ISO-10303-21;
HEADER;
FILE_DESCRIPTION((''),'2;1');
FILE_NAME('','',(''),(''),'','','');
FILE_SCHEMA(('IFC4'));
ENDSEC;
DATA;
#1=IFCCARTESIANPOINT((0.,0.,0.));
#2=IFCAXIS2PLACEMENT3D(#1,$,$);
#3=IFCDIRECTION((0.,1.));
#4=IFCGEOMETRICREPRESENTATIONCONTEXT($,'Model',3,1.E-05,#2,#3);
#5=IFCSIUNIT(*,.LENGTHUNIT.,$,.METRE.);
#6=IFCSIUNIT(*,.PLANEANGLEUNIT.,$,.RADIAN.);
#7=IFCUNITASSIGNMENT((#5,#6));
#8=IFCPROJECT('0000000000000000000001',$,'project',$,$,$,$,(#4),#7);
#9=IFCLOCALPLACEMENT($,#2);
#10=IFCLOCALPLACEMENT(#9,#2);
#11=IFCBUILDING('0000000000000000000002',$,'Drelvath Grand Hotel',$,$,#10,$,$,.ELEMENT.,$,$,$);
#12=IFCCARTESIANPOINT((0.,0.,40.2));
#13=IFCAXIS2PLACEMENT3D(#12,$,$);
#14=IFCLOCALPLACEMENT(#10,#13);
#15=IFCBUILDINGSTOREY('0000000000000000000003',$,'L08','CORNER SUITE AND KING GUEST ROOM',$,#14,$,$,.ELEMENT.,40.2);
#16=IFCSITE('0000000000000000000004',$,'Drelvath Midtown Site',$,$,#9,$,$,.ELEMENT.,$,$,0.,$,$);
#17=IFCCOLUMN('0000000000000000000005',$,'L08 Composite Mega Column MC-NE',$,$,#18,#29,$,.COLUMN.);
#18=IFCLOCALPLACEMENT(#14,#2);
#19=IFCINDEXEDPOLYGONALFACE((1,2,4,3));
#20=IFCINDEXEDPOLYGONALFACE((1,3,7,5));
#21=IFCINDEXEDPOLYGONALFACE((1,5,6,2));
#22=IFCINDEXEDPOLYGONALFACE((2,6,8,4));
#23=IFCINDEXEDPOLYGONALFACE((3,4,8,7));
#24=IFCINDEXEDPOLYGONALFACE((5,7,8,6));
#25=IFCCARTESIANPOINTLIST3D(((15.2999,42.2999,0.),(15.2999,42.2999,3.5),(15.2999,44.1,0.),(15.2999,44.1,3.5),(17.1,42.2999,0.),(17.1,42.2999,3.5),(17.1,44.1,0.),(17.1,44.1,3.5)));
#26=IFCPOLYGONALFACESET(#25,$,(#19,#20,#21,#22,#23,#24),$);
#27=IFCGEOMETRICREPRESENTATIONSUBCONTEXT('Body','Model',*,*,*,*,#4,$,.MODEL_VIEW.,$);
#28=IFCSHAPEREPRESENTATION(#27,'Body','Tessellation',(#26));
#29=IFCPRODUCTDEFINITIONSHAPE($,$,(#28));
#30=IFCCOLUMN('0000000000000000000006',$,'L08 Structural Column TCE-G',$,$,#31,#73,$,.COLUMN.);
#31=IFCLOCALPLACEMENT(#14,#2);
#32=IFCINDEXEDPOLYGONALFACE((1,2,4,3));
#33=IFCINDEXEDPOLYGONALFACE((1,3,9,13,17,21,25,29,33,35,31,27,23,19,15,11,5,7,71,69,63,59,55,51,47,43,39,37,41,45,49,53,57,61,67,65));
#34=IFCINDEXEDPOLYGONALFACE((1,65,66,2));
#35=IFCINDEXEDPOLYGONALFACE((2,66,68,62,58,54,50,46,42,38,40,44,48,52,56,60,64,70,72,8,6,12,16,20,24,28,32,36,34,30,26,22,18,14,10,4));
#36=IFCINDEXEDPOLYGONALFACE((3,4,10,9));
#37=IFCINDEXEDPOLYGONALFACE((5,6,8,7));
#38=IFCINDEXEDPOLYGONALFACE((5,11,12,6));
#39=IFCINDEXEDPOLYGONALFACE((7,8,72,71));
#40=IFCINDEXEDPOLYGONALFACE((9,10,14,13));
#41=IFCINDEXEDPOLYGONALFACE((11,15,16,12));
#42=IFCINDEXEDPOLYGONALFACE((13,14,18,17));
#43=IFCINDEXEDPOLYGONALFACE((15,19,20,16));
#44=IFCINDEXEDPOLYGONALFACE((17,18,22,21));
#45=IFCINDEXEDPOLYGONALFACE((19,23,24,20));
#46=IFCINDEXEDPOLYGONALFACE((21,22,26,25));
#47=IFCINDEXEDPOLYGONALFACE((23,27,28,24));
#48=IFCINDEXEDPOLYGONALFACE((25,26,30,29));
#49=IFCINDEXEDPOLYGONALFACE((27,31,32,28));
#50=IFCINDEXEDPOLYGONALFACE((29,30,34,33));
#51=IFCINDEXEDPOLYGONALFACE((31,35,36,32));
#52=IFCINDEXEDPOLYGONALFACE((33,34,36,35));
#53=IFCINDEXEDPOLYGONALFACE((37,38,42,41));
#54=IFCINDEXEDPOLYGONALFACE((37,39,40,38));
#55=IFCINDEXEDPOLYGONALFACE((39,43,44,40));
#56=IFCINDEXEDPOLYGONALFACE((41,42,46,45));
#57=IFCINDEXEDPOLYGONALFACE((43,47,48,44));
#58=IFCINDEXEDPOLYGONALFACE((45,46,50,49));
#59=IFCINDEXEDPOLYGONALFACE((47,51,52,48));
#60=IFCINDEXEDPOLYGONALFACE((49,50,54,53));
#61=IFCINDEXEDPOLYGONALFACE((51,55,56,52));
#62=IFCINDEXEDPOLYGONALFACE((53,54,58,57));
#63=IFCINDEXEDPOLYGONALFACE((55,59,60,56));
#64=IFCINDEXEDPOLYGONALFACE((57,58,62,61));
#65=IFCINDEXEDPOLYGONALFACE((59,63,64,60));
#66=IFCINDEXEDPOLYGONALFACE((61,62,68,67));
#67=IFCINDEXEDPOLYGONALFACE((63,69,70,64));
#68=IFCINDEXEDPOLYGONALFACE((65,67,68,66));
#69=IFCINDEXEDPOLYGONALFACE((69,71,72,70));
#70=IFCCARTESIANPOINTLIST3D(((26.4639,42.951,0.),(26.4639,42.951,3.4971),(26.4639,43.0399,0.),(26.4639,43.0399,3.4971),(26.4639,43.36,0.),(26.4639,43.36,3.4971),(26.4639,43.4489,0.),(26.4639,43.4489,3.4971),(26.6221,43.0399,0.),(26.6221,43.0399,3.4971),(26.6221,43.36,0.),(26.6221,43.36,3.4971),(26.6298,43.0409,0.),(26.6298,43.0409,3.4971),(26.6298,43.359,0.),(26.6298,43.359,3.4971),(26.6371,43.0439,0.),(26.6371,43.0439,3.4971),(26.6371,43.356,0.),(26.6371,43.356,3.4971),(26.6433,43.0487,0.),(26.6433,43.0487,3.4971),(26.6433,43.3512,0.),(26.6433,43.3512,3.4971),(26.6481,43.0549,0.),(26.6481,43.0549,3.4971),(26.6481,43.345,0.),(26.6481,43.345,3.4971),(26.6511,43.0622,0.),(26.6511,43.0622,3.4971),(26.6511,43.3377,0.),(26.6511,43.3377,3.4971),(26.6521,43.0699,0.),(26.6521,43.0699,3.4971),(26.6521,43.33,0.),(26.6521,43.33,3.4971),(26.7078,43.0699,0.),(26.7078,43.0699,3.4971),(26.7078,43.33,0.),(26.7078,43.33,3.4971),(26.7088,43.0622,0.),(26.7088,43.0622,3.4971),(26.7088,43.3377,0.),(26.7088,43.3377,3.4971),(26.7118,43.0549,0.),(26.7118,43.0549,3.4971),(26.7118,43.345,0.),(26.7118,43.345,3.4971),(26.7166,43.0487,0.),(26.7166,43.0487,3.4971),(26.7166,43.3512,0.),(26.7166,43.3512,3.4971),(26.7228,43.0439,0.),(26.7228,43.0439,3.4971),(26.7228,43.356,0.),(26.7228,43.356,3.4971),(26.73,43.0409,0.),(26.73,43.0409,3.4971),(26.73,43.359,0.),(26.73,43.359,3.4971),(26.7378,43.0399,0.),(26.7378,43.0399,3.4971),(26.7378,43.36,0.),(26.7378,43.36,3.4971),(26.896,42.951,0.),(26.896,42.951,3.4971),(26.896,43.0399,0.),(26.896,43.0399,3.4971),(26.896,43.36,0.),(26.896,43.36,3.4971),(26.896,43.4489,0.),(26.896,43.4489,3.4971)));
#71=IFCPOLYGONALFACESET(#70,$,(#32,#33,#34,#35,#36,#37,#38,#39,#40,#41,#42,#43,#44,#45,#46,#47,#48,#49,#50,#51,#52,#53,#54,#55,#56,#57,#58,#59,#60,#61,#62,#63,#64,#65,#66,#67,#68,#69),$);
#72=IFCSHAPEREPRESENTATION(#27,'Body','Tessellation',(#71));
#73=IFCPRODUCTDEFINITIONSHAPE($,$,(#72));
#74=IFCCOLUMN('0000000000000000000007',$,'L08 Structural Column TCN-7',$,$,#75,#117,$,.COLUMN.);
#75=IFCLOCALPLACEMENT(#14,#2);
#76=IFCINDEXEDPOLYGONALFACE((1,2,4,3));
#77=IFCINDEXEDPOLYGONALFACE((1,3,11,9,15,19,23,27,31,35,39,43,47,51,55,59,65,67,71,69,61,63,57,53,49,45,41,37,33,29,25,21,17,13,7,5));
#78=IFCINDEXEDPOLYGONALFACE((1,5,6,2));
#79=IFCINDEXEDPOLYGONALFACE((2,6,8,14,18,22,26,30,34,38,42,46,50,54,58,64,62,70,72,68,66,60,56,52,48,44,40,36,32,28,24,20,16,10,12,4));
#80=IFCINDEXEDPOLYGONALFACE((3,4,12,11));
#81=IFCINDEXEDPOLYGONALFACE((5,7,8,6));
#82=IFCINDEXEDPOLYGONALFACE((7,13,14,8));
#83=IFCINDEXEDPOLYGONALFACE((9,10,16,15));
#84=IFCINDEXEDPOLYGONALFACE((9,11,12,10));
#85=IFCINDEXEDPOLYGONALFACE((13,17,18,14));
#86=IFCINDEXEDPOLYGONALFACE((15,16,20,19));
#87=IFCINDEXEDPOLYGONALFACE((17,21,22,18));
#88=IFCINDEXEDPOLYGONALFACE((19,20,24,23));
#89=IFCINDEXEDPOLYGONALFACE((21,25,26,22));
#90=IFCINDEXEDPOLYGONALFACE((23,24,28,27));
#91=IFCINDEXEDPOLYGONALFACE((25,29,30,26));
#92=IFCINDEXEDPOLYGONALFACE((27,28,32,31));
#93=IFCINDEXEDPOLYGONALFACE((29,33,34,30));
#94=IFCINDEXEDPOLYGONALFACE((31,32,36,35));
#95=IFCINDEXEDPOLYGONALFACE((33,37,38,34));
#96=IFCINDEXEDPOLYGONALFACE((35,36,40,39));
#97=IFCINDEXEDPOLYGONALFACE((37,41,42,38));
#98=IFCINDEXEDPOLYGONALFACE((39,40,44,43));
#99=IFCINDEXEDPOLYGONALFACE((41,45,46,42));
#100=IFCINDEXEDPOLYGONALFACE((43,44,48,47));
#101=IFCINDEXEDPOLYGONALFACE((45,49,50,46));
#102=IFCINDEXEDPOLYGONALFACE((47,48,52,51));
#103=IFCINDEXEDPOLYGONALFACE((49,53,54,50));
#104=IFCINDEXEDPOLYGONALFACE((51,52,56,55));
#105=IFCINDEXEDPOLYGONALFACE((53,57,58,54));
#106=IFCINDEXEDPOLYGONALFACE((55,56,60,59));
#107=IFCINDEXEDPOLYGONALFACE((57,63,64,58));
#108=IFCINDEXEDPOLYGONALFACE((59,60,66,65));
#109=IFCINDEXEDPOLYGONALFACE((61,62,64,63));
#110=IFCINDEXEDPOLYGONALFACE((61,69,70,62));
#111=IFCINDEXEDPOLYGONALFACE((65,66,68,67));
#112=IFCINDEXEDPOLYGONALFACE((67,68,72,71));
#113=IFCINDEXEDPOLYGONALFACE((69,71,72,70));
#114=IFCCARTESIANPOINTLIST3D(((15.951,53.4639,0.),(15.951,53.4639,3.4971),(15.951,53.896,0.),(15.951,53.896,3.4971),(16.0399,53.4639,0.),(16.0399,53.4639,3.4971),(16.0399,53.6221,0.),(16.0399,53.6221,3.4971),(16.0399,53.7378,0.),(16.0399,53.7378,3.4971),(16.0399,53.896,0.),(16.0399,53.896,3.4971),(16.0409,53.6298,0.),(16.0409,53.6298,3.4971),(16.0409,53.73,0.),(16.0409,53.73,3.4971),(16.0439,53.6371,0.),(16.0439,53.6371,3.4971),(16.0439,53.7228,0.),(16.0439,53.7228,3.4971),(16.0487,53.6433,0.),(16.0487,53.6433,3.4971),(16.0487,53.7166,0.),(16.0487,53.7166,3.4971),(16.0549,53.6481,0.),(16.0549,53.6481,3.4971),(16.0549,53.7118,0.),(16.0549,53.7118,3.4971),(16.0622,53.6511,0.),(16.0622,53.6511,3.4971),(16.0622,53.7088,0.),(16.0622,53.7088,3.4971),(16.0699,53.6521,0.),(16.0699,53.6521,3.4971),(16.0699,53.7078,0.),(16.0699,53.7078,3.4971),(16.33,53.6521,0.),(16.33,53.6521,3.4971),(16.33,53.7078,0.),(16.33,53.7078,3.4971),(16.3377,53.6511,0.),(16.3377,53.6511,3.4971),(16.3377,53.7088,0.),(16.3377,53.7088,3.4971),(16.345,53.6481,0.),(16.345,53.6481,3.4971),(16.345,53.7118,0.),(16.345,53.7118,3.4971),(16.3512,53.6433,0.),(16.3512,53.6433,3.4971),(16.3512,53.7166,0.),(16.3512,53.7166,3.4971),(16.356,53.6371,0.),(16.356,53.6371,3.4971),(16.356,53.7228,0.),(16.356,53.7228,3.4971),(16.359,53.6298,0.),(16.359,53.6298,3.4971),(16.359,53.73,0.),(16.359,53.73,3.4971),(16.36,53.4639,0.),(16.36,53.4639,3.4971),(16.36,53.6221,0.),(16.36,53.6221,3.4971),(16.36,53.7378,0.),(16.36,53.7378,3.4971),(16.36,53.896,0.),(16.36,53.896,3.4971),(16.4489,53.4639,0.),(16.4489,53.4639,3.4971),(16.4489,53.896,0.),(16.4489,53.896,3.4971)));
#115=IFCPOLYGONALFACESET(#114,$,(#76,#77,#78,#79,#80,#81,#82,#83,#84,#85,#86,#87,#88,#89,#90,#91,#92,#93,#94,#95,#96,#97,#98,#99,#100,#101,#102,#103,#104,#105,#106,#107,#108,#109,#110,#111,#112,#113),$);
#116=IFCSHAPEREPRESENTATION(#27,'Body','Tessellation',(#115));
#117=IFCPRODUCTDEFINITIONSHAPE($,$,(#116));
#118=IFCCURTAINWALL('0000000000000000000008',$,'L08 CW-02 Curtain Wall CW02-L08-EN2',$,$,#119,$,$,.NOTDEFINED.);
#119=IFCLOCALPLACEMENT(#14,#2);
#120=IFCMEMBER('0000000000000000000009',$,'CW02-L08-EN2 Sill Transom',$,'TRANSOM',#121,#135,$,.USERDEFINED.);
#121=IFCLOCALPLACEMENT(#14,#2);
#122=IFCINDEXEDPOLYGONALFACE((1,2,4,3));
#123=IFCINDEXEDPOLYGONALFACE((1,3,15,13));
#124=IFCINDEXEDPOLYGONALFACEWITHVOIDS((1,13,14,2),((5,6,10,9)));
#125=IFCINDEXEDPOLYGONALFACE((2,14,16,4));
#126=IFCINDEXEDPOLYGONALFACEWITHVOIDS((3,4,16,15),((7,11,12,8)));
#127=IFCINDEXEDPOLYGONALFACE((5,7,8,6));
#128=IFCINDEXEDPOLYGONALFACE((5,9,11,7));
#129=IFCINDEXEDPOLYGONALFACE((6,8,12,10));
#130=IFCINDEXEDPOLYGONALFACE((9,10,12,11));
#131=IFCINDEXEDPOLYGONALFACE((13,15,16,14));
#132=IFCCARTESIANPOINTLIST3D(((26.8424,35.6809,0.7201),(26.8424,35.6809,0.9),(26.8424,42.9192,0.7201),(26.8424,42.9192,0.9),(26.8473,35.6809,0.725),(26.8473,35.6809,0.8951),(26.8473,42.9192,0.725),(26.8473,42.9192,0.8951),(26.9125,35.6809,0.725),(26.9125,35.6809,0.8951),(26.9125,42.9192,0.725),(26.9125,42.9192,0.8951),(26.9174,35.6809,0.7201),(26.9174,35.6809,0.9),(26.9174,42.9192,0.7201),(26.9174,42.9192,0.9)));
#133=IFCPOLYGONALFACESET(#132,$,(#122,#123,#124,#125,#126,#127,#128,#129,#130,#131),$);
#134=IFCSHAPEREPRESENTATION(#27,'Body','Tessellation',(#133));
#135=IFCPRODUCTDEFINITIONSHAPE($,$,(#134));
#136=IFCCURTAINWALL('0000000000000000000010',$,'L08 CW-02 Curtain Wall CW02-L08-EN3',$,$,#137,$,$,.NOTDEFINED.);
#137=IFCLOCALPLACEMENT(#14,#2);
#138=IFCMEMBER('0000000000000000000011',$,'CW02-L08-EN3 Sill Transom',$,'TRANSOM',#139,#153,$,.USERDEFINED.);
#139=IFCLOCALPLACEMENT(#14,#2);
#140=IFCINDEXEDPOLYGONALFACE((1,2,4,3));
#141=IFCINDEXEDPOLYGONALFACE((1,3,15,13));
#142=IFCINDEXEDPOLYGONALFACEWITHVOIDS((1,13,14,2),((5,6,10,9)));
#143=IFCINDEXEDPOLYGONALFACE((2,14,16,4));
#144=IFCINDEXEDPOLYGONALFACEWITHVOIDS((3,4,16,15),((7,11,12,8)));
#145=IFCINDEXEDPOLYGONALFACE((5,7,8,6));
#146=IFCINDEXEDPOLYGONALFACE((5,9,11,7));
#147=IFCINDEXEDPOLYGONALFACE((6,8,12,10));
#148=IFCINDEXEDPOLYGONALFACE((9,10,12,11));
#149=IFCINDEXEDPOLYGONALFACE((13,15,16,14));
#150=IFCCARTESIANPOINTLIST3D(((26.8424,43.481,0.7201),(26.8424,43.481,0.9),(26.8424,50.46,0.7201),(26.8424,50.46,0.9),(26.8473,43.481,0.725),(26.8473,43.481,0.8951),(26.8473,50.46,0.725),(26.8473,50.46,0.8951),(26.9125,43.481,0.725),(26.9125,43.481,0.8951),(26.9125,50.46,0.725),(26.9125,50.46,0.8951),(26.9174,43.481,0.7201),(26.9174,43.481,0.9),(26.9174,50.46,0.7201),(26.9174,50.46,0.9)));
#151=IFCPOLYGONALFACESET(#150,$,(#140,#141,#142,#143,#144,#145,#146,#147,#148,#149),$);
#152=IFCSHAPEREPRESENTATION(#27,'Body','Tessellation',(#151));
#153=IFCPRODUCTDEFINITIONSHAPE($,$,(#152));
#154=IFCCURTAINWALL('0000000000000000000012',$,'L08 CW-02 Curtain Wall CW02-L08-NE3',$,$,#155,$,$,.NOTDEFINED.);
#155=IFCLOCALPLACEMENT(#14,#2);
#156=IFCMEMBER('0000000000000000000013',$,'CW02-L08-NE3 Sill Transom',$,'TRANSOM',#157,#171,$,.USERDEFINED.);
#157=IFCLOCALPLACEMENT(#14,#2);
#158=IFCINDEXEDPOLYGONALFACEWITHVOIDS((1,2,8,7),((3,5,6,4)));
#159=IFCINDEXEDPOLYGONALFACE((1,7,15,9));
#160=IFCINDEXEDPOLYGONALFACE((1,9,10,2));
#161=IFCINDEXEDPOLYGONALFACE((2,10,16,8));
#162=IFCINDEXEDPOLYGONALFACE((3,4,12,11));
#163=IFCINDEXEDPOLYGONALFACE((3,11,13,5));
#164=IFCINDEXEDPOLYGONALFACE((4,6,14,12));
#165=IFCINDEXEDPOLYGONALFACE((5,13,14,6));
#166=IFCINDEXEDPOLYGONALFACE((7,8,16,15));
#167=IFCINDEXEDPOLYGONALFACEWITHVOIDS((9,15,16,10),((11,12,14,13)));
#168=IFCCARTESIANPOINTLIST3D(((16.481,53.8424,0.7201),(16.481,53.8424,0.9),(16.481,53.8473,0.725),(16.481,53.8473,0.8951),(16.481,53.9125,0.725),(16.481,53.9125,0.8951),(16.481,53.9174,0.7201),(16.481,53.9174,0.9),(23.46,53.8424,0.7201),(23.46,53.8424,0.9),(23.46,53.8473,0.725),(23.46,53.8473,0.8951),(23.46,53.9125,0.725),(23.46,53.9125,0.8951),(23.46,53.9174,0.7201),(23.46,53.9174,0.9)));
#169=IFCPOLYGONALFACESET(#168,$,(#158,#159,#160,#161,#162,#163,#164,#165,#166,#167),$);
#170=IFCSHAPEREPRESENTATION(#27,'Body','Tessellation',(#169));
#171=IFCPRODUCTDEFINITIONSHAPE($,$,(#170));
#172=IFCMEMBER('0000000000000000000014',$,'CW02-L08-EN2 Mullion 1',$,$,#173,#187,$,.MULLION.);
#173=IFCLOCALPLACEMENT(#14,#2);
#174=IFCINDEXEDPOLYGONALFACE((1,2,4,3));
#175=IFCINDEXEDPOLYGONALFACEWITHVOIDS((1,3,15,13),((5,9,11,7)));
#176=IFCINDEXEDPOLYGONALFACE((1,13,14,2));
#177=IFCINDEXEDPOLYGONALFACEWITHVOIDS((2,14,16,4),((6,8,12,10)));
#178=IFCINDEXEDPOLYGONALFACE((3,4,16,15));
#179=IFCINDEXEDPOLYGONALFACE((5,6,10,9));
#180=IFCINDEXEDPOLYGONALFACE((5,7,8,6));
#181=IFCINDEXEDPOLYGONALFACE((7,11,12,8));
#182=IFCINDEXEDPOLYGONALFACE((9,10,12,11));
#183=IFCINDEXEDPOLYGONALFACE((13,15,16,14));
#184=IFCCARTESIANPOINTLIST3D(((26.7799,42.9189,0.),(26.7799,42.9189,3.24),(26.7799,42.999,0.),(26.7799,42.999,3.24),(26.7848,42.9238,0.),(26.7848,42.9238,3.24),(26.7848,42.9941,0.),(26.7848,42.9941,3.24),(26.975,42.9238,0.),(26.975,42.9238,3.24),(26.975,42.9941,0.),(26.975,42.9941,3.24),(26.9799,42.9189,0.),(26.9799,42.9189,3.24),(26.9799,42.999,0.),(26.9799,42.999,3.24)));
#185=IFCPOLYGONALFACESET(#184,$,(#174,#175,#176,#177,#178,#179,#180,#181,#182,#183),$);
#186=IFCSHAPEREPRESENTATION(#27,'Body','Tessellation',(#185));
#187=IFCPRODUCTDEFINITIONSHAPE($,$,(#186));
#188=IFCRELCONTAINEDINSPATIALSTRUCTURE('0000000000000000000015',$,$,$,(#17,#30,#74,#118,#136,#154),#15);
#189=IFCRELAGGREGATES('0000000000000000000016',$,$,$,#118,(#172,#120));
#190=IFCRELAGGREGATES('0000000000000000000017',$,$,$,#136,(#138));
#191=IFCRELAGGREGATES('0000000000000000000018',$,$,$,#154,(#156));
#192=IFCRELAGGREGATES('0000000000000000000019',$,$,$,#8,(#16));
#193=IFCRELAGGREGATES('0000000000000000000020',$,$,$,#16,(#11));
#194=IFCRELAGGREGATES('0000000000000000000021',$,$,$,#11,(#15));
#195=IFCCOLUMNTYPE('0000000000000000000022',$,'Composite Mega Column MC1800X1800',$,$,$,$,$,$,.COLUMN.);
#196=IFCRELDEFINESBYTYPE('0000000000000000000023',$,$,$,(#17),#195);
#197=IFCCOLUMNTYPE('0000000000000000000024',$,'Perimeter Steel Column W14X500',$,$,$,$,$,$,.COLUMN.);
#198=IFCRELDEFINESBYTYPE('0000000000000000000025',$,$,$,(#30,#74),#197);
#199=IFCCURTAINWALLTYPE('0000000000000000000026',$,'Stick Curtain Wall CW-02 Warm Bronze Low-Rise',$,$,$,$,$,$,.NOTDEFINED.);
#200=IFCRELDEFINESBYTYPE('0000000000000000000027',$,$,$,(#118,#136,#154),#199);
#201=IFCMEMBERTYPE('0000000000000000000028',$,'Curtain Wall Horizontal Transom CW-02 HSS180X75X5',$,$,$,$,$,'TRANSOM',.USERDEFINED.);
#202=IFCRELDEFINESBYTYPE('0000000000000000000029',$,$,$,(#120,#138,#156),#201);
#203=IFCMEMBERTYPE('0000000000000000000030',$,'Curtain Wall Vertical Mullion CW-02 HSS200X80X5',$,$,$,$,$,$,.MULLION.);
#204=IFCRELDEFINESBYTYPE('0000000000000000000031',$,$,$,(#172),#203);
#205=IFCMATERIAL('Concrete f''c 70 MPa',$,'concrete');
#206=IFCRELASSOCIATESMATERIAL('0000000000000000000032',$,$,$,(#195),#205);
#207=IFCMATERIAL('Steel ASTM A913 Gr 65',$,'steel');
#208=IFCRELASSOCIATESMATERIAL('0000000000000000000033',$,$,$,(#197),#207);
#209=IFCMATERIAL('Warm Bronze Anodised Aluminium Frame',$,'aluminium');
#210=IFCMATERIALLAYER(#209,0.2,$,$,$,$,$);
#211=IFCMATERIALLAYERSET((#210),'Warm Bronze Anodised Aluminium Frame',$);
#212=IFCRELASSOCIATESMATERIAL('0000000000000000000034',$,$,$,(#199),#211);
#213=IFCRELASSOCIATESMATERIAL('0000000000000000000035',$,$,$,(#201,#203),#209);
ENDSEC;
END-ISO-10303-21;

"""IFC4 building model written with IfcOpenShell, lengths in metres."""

from ifc_helpers import new_model, si_unit, direction, frame, origin, origin_2d, place, context, subcontext, project, spatial, rectangle, hollow_rectangle, i_section, extrude, material, layer, layer_set, material_profile, profile_set, type_object, element, aggregate, save


model = new_model("IFC4")

# Units and contexts
model_context = context("Model", 3, precision=1e-05, world=origin(), true_north=direction((0.0, 1.0)))
body_context = subcontext(model_context, "Body", "Model", "MODEL_VIEW")
ifc_project = project(units=[si_unit("LENGTHUNIT", "METRE"), si_unit("PLANEANGLEUNIT", "RADIAN")], contexts=[model_context])

# Site, building, storey
site_placement = place(None, origin())
site = spatial("IfcSite", under=ifc_project, at=site_placement, Name="Drelvath Midtown Site", CompositionType="ELEMENT", RefElevation=0.0)
building_placement = place(site_placement, origin())
building = spatial("IfcBuilding", under=site, at=building_placement, Name="Drelvath Grand Hotel", CompositionType="ELEMENT")
storey_placement = place(building_placement, frame((0.0, 0.0, 40.2)))
storey = spatial("IfcBuildingStorey", under=building, at=storey_placement, Name="L08", Description="CORNER SUITE AND KING GUEST ROOM", CompositionType="ELEMENT", Elevation=40.2)

# Columns
ifc_material_1 = material(Name="Concrete f'c 70 MPa", Category="concrete")
ifc_material_profile_1 = material_profile(ifc_material_1, rectangle(XDim=1.8, YDim=1.8, at=origin_2d()), Name="MC1800X1800")
ifc_profile_set_1 = profile_set([ifc_material_profile_1], Name="Concrete f'c 70 MPa")
column_type_1 = type_object("IfcColumnType", Name="Composite Mega Column MC1800X1800", PredefinedType="COLUMN", material=ifc_profile_set_1)
column_placement = place(storey_placement, frame((16.2, 43.2, 0.0), z_axis=(0.0, 0.0, 1.0), x_axis=(1.0, 0.0, 0.0)))
element("IfcColumn", 1, at=column_placement, inside=storey, type_object=column_type_1, Name="L08 Composite Mega Column MC-NE", PredefinedType="COLUMN", context=body_context, shape_type="SweptSolid", body=[
    extrude(rectangle(XDim=1.8, YDim=1.8, at=origin_2d()), origin(), (0.0, 0.0, 1.0), 3.5),
])
ifc_material_2 = material(Name="Steel ASTM A913 Gr 65", Category="steel")
ifc_material_profile_2 = material_profile(ifc_material_2, i_section(OverallWidth=0.4321, OverallDepth=0.4978, WebThickness=0.0557, FlangeThickness=0.0889, FilletRadius=0.03, at=origin_2d()), Name="W14X500")
ifc_profile_set_2 = profile_set([ifc_material_profile_2], Name="Steel ASTM A913 Gr 65")
column_type_2 = type_object("IfcColumnType", Name="Perimeter Steel Column W14X500", PredefinedType="COLUMN", material=ifc_profile_set_2)
for number, where, z_axis, x_axis, name in (
    (2, (26.6799, 43.2, 0.0), (0.0, 0.0, 1.0), (1.0, 0.0, 0.0), "L08 Structural Column TCE-G"),
    (3, (16.2, 53.6799, 0.0), (0.0, 0.0, 1.0), (0.0, 1.0, 0.0), "L08 Structural Column TCN-7"),
):
    element("IfcColumn", number, at=place(storey_placement, frame(where, z_axis=z_axis, x_axis=x_axis)), inside=storey, type_object=column_type_2, Name=name, PredefinedType="COLUMN", context=body_context, shape_type="SweptSolid", body=[
        extrude(i_section(OverallWidth=0.4321, OverallDepth=0.4978, WebThickness=0.0557, FlangeThickness=0.0889, FilletRadius=0.03, at=origin_2d()), origin(), (0.0, 0.0, 1.0), 3.4971),
    ])

# Curtain walls, members
ifc_material_3 = material(Name="Warm Bronze Anodised Aluminium Frame", Category="aluminium")
ifc_layer_1 = layer(ifc_material_3, 0.2)
ifc_layer_set_1 = layer_set([ifc_layer_1], Name="Warm Bronze Anodised Aluminium Frame")
curtain_wall_type = type_object("IfcCurtainWallType", Name="Stick Curtain Wall CW-02 Warm Bronze Low-Rise", PredefinedType="NOTDEFINED", material=ifc_layer_set_1)
curtain_wall_1_placement = place(storey_placement, origin())
curtain_wall_1 = element("IfcCurtainWall", 4, at=curtain_wall_1_placement, inside=storey, type_object=curtain_wall_type, Name="L08 CW-02 Curtain Wall CW02-L08-EN2", PredefinedType="NOTDEFINED")
ifc_material_profile_3 = material_profile(ifc_material_3, hollow_rectangle(XDim=0.075, YDim=0.1799, WallThickness=0.0049, at=origin_2d()), Name="HSS180X75X5")
ifc_profile_set_3 = profile_set([ifc_material_profile_3], Name="Warm Bronze Anodised Aluminium Frame")
member_type_1 = type_object("IfcMemberType", Name="Curtain Wall Horizontal Transom CW-02 HSS180X75X5", ElementType="TRANSOM", PredefinedType="USERDEFINED", material=ifc_profile_set_3)
member_1_placement = place(storey_placement, frame((26.8799, 42.9192, 0.8101), z_axis=(0.0, -1.0, 0.0), x_axis=(1.0, 0.0, 0.0)))
member_1 = element("IfcMember", 5, at=member_1_placement, type_object=member_type_1, Name="CW02-L08-EN2 Sill Transom", ObjectType="TRANSOM", PredefinedType="USERDEFINED", context=body_context, shape_type="SweptSolid", body=[
    extrude(hollow_rectangle(XDim=0.075, YDim=0.1799, WallThickness=0.0049, at=origin_2d()), origin(), (0.0, 0.0, 1.0), 7.2383),
])
curtain_wall_2_placement = place(storey_placement, origin())
curtain_wall_2 = element("IfcCurtainWall", 6, at=curtain_wall_2_placement, inside=storey, type_object=curtain_wall_type, Name="L08 CW-02 Curtain Wall CW02-L08-EN3", PredefinedType="NOTDEFINED")
member_2_placement = place(storey_placement, frame((26.8799, 50.46, 0.8101), z_axis=(0.0, -1.0, 0.0), x_axis=(1.0, 0.0, 0.0)))
member_2 = element("IfcMember", 7, at=member_2_placement, type_object=member_type_1, Name="CW02-L08-EN3 Sill Transom", ObjectType="TRANSOM", PredefinedType="USERDEFINED", context=body_context, shape_type="SweptSolid", body=[
    extrude(hollow_rectangle(XDim=0.075, YDim=0.1799, WallThickness=0.0049, at=origin_2d()), origin(), (0.0, 0.0, 1.0), 6.979),
])
curtain_wall_3_placement = place(storey_placement, origin())
curtain_wall_3 = element("IfcCurtainWall", 8, at=curtain_wall_3_placement, inside=storey, type_object=curtain_wall_type, Name="L08 CW-02 Curtain Wall CW02-L08-NE3", PredefinedType="NOTDEFINED")
member_3_placement = place(storey_placement, frame((16.481, 53.8799, 0.8101), z_axis=(1.0, 0.0, 0.0), x_axis=(0.0, 1.0, 0.0)))
member_3 = element("IfcMember", 9, at=member_3_placement, type_object=member_type_1, Name="CW02-L08-NE3 Sill Transom", ObjectType="TRANSOM", PredefinedType="USERDEFINED", context=body_context, shape_type="SweptSolid", body=[
    extrude(hollow_rectangle(XDim=0.075, YDim=0.1799, WallThickness=0.0049, at=origin_2d()), origin(), (0.0, 0.0, 1.0), 6.979),
])

# Member
ifc_material_profile_4 = material_profile(ifc_material_3, hollow_rectangle(XDim=0.0801, YDim=0.2, WallThickness=0.0049, at=origin_2d()), Name="HSS200X80X5")
ifc_profile_set_4 = profile_set([ifc_material_profile_4], Name="Warm Bronze Anodised Aluminium Frame")
member_type_2 = type_object("IfcMemberType", Name="Curtain Wall Vertical Mullion CW-02 HSS200X80X5", PredefinedType="MULLION", material=ifc_profile_set_4)
member_4_placement = place(storey_placement, frame((26.8799, 42.959, 0.0), z_axis=(0.0, 0.0, 1.0), x_axis=(0.0, 1.0, 0.0)))
member_4 = element("IfcMember", 10, at=member_4_placement, type_object=member_type_2, Name="CW02-L08-EN2 Mullion 1", PredefinedType="MULLION", context=body_context, shape_type="SweptSolid", body=[
    extrude(hollow_rectangle(XDim=0.0801, YDim=0.2, WallThickness=0.0049, at=origin_2d()), origin(), (0.0, 0.0, 1.0), 3.24),
])

aggregate(curtain_wall_1, [member_4, member_1])
aggregate(curtain_wall_2, [member_2])
aggregate(curtain_wall_3, [member_3])

save(model, "model.ifc")
